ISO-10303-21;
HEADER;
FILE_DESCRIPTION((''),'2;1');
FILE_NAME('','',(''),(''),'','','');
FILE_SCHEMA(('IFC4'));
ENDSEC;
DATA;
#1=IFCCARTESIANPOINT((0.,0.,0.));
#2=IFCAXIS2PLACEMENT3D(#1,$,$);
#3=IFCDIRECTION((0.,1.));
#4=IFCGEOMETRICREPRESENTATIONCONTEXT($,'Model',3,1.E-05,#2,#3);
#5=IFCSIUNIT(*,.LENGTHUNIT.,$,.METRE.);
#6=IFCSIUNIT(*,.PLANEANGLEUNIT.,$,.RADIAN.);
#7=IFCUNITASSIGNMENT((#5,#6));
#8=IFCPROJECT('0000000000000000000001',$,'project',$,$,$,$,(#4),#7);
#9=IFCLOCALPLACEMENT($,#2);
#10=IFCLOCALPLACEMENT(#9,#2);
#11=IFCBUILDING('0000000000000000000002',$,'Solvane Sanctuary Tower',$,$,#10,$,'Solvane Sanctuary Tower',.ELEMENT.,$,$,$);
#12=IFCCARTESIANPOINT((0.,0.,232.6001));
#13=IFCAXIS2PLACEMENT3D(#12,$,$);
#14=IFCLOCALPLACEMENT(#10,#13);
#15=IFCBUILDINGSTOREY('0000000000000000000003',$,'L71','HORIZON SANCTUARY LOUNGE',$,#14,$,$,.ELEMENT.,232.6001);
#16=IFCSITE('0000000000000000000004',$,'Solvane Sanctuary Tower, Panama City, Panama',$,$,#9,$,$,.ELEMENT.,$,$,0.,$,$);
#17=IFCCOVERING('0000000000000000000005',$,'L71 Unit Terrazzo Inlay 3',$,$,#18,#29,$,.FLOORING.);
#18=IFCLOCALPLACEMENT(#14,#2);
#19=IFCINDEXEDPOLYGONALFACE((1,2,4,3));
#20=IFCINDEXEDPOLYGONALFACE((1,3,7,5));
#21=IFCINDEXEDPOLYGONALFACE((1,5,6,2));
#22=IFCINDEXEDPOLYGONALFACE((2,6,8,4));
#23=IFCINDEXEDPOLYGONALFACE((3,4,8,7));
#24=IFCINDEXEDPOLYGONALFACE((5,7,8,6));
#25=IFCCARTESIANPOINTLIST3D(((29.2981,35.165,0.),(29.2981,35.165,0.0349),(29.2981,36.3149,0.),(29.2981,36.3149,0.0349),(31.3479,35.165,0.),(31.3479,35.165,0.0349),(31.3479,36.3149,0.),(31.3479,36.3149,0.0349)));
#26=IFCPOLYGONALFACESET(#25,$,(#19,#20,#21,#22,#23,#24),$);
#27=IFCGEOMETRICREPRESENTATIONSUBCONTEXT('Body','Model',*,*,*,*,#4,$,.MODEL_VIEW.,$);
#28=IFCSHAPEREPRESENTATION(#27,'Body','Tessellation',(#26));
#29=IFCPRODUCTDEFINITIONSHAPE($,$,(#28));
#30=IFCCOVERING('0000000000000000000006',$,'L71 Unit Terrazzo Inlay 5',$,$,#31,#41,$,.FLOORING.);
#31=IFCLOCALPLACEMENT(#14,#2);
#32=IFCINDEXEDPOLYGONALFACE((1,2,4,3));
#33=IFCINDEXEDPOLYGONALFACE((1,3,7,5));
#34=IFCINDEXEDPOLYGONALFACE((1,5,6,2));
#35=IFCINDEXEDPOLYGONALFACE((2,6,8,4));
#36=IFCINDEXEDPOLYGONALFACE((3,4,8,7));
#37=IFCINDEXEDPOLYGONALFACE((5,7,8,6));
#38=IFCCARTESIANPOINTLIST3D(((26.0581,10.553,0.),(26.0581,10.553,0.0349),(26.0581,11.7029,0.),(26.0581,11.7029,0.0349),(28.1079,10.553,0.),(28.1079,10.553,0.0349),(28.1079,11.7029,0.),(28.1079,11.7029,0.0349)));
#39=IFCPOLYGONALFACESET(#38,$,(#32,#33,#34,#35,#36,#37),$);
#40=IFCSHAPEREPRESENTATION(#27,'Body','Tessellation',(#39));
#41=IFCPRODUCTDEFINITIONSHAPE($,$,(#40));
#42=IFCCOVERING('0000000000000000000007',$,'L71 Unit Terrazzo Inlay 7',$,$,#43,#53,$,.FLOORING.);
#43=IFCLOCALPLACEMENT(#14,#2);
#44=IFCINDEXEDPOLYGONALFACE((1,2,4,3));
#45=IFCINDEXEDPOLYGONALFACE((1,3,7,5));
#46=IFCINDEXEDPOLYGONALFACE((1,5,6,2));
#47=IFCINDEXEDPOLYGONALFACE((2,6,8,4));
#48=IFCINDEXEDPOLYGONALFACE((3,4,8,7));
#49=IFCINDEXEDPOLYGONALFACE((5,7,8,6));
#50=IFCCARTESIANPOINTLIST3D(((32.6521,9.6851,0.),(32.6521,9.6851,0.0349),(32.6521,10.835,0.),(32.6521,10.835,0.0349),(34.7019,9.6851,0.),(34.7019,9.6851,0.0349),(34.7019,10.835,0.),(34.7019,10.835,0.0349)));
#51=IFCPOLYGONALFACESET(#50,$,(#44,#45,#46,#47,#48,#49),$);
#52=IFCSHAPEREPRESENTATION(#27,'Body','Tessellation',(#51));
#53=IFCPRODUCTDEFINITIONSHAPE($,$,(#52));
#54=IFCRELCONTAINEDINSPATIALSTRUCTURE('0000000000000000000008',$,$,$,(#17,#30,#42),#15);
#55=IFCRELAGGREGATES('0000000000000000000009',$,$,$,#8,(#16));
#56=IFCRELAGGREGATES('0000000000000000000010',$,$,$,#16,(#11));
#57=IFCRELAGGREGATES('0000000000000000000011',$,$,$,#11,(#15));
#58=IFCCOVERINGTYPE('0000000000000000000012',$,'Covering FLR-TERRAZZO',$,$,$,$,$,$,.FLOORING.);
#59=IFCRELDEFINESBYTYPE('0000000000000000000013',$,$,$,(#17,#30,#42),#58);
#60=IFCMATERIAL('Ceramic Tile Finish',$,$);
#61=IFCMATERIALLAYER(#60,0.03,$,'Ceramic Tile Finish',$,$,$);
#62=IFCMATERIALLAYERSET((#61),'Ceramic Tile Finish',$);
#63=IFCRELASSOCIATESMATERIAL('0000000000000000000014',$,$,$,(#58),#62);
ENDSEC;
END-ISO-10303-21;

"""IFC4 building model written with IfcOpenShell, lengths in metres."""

from ifc_helpers import new_model, si_unit, direction, frame, origin, place, context, subcontext, project, spatial, polyline, outline, extrude, material, layer, layer_set, type_object, element, save


model = new_model("IFC4")

# Units and contexts
model_context = context("Model", 3, precision=1e-05, world=origin(), true_north=direction((0.0, 1.0)))
body_context = subcontext(model_context, "Body", "Model", "MODEL_VIEW")
ifc_project = project(units=[si_unit("LENGTHUNIT", "METRE"), si_unit("PLANEANGLEUNIT", "RADIAN")], contexts=[model_context])

# Site, building, storey
site_placement = place(None, origin())
site = spatial("IfcSite", under=ifc_project, at=site_placement, Name="Solvane Sanctuary Tower, Panama City, Panama", CompositionType="ELEMENT", RefElevation=0.0)
building_placement = place(site_placement, origin())
building = spatial("IfcBuilding", under=site, at=building_placement, Name="Solvane Sanctuary Tower", LongName="Solvane Sanctuary Tower", CompositionType="ELEMENT")
storey_placement = place(building_placement, frame((0.0, 0.0, 232.6001)))
storey = spatial("IfcBuildingStorey", under=building, at=storey_placement, Name="L71", Description="HORIZON SANCTUARY LOUNGE", CompositionType="ELEMENT", Elevation=232.6001)

# Coverings
ifc_material_1 = material(Name="Ceramic Tile Finish")
ifc_layer_1 = layer(ifc_material_1, 0.03, Name="Ceramic Tile Finish")
ifc_layer_set_1 = layer_set([ifc_layer_1], Name="Ceramic Tile Finish")
covering_type_1 = type_object("IfcCoveringType", Name="Covering FLR-TERRAZZO", PredefinedType="FLOORING", material=ifc_layer_set_1)
covering_1_placement = place(storey_placement, origin())
element("IfcCovering", 1, at=covering_1_placement, inside=storey, type_object=covering_type_1, Name="L71 Unit Terrazzo Inlay 3", PredefinedType="FLOORING", context=body_context, shape_type="SweptSolid", body=[
    extrude(outline(polyline([(29.2981, 35.165), (31.3479, 35.165), (31.3479, 36.3149), (29.2981, 36.3149), (29.2981, 35.165)])), origin(), (0.0, 0.0, 1.0), 0.0349),
])
covering_2_placement = place(storey_placement, origin())
element("IfcCovering", 2, at=covering_2_placement, inside=storey, type_object=covering_type_1, Name="L71 Unit Terrazzo Inlay 5", PredefinedType="FLOORING", context=body_context, shape_type="SweptSolid", body=[
    extrude(outline(polyline([(26.0581, 10.553), (28.1079, 10.553), (28.1079, 11.7029), (26.0581, 11.7029), (26.0581, 10.553)])), origin(), (0.0, 0.0, 1.0), 0.0349),
])
covering_3_placement = place(storey_placement, origin())
element("IfcCovering", 3, at=covering_3_placement, inside=storey, type_object=covering_type_1, Name="L71 Unit Terrazzo Inlay 7", PredefinedType="FLOORING", context=body_context, shape_type="SweptSolid", body=[
    extrude(outline(polyline([(32.6521, 9.6851), (34.7019, 9.6851), (34.7019, 10.835), (32.6521, 10.835), (32.6521, 9.6851)])), origin(), (0.0, 0.0, 1.0), 0.0349),
])

save(model, "model.ifc")
